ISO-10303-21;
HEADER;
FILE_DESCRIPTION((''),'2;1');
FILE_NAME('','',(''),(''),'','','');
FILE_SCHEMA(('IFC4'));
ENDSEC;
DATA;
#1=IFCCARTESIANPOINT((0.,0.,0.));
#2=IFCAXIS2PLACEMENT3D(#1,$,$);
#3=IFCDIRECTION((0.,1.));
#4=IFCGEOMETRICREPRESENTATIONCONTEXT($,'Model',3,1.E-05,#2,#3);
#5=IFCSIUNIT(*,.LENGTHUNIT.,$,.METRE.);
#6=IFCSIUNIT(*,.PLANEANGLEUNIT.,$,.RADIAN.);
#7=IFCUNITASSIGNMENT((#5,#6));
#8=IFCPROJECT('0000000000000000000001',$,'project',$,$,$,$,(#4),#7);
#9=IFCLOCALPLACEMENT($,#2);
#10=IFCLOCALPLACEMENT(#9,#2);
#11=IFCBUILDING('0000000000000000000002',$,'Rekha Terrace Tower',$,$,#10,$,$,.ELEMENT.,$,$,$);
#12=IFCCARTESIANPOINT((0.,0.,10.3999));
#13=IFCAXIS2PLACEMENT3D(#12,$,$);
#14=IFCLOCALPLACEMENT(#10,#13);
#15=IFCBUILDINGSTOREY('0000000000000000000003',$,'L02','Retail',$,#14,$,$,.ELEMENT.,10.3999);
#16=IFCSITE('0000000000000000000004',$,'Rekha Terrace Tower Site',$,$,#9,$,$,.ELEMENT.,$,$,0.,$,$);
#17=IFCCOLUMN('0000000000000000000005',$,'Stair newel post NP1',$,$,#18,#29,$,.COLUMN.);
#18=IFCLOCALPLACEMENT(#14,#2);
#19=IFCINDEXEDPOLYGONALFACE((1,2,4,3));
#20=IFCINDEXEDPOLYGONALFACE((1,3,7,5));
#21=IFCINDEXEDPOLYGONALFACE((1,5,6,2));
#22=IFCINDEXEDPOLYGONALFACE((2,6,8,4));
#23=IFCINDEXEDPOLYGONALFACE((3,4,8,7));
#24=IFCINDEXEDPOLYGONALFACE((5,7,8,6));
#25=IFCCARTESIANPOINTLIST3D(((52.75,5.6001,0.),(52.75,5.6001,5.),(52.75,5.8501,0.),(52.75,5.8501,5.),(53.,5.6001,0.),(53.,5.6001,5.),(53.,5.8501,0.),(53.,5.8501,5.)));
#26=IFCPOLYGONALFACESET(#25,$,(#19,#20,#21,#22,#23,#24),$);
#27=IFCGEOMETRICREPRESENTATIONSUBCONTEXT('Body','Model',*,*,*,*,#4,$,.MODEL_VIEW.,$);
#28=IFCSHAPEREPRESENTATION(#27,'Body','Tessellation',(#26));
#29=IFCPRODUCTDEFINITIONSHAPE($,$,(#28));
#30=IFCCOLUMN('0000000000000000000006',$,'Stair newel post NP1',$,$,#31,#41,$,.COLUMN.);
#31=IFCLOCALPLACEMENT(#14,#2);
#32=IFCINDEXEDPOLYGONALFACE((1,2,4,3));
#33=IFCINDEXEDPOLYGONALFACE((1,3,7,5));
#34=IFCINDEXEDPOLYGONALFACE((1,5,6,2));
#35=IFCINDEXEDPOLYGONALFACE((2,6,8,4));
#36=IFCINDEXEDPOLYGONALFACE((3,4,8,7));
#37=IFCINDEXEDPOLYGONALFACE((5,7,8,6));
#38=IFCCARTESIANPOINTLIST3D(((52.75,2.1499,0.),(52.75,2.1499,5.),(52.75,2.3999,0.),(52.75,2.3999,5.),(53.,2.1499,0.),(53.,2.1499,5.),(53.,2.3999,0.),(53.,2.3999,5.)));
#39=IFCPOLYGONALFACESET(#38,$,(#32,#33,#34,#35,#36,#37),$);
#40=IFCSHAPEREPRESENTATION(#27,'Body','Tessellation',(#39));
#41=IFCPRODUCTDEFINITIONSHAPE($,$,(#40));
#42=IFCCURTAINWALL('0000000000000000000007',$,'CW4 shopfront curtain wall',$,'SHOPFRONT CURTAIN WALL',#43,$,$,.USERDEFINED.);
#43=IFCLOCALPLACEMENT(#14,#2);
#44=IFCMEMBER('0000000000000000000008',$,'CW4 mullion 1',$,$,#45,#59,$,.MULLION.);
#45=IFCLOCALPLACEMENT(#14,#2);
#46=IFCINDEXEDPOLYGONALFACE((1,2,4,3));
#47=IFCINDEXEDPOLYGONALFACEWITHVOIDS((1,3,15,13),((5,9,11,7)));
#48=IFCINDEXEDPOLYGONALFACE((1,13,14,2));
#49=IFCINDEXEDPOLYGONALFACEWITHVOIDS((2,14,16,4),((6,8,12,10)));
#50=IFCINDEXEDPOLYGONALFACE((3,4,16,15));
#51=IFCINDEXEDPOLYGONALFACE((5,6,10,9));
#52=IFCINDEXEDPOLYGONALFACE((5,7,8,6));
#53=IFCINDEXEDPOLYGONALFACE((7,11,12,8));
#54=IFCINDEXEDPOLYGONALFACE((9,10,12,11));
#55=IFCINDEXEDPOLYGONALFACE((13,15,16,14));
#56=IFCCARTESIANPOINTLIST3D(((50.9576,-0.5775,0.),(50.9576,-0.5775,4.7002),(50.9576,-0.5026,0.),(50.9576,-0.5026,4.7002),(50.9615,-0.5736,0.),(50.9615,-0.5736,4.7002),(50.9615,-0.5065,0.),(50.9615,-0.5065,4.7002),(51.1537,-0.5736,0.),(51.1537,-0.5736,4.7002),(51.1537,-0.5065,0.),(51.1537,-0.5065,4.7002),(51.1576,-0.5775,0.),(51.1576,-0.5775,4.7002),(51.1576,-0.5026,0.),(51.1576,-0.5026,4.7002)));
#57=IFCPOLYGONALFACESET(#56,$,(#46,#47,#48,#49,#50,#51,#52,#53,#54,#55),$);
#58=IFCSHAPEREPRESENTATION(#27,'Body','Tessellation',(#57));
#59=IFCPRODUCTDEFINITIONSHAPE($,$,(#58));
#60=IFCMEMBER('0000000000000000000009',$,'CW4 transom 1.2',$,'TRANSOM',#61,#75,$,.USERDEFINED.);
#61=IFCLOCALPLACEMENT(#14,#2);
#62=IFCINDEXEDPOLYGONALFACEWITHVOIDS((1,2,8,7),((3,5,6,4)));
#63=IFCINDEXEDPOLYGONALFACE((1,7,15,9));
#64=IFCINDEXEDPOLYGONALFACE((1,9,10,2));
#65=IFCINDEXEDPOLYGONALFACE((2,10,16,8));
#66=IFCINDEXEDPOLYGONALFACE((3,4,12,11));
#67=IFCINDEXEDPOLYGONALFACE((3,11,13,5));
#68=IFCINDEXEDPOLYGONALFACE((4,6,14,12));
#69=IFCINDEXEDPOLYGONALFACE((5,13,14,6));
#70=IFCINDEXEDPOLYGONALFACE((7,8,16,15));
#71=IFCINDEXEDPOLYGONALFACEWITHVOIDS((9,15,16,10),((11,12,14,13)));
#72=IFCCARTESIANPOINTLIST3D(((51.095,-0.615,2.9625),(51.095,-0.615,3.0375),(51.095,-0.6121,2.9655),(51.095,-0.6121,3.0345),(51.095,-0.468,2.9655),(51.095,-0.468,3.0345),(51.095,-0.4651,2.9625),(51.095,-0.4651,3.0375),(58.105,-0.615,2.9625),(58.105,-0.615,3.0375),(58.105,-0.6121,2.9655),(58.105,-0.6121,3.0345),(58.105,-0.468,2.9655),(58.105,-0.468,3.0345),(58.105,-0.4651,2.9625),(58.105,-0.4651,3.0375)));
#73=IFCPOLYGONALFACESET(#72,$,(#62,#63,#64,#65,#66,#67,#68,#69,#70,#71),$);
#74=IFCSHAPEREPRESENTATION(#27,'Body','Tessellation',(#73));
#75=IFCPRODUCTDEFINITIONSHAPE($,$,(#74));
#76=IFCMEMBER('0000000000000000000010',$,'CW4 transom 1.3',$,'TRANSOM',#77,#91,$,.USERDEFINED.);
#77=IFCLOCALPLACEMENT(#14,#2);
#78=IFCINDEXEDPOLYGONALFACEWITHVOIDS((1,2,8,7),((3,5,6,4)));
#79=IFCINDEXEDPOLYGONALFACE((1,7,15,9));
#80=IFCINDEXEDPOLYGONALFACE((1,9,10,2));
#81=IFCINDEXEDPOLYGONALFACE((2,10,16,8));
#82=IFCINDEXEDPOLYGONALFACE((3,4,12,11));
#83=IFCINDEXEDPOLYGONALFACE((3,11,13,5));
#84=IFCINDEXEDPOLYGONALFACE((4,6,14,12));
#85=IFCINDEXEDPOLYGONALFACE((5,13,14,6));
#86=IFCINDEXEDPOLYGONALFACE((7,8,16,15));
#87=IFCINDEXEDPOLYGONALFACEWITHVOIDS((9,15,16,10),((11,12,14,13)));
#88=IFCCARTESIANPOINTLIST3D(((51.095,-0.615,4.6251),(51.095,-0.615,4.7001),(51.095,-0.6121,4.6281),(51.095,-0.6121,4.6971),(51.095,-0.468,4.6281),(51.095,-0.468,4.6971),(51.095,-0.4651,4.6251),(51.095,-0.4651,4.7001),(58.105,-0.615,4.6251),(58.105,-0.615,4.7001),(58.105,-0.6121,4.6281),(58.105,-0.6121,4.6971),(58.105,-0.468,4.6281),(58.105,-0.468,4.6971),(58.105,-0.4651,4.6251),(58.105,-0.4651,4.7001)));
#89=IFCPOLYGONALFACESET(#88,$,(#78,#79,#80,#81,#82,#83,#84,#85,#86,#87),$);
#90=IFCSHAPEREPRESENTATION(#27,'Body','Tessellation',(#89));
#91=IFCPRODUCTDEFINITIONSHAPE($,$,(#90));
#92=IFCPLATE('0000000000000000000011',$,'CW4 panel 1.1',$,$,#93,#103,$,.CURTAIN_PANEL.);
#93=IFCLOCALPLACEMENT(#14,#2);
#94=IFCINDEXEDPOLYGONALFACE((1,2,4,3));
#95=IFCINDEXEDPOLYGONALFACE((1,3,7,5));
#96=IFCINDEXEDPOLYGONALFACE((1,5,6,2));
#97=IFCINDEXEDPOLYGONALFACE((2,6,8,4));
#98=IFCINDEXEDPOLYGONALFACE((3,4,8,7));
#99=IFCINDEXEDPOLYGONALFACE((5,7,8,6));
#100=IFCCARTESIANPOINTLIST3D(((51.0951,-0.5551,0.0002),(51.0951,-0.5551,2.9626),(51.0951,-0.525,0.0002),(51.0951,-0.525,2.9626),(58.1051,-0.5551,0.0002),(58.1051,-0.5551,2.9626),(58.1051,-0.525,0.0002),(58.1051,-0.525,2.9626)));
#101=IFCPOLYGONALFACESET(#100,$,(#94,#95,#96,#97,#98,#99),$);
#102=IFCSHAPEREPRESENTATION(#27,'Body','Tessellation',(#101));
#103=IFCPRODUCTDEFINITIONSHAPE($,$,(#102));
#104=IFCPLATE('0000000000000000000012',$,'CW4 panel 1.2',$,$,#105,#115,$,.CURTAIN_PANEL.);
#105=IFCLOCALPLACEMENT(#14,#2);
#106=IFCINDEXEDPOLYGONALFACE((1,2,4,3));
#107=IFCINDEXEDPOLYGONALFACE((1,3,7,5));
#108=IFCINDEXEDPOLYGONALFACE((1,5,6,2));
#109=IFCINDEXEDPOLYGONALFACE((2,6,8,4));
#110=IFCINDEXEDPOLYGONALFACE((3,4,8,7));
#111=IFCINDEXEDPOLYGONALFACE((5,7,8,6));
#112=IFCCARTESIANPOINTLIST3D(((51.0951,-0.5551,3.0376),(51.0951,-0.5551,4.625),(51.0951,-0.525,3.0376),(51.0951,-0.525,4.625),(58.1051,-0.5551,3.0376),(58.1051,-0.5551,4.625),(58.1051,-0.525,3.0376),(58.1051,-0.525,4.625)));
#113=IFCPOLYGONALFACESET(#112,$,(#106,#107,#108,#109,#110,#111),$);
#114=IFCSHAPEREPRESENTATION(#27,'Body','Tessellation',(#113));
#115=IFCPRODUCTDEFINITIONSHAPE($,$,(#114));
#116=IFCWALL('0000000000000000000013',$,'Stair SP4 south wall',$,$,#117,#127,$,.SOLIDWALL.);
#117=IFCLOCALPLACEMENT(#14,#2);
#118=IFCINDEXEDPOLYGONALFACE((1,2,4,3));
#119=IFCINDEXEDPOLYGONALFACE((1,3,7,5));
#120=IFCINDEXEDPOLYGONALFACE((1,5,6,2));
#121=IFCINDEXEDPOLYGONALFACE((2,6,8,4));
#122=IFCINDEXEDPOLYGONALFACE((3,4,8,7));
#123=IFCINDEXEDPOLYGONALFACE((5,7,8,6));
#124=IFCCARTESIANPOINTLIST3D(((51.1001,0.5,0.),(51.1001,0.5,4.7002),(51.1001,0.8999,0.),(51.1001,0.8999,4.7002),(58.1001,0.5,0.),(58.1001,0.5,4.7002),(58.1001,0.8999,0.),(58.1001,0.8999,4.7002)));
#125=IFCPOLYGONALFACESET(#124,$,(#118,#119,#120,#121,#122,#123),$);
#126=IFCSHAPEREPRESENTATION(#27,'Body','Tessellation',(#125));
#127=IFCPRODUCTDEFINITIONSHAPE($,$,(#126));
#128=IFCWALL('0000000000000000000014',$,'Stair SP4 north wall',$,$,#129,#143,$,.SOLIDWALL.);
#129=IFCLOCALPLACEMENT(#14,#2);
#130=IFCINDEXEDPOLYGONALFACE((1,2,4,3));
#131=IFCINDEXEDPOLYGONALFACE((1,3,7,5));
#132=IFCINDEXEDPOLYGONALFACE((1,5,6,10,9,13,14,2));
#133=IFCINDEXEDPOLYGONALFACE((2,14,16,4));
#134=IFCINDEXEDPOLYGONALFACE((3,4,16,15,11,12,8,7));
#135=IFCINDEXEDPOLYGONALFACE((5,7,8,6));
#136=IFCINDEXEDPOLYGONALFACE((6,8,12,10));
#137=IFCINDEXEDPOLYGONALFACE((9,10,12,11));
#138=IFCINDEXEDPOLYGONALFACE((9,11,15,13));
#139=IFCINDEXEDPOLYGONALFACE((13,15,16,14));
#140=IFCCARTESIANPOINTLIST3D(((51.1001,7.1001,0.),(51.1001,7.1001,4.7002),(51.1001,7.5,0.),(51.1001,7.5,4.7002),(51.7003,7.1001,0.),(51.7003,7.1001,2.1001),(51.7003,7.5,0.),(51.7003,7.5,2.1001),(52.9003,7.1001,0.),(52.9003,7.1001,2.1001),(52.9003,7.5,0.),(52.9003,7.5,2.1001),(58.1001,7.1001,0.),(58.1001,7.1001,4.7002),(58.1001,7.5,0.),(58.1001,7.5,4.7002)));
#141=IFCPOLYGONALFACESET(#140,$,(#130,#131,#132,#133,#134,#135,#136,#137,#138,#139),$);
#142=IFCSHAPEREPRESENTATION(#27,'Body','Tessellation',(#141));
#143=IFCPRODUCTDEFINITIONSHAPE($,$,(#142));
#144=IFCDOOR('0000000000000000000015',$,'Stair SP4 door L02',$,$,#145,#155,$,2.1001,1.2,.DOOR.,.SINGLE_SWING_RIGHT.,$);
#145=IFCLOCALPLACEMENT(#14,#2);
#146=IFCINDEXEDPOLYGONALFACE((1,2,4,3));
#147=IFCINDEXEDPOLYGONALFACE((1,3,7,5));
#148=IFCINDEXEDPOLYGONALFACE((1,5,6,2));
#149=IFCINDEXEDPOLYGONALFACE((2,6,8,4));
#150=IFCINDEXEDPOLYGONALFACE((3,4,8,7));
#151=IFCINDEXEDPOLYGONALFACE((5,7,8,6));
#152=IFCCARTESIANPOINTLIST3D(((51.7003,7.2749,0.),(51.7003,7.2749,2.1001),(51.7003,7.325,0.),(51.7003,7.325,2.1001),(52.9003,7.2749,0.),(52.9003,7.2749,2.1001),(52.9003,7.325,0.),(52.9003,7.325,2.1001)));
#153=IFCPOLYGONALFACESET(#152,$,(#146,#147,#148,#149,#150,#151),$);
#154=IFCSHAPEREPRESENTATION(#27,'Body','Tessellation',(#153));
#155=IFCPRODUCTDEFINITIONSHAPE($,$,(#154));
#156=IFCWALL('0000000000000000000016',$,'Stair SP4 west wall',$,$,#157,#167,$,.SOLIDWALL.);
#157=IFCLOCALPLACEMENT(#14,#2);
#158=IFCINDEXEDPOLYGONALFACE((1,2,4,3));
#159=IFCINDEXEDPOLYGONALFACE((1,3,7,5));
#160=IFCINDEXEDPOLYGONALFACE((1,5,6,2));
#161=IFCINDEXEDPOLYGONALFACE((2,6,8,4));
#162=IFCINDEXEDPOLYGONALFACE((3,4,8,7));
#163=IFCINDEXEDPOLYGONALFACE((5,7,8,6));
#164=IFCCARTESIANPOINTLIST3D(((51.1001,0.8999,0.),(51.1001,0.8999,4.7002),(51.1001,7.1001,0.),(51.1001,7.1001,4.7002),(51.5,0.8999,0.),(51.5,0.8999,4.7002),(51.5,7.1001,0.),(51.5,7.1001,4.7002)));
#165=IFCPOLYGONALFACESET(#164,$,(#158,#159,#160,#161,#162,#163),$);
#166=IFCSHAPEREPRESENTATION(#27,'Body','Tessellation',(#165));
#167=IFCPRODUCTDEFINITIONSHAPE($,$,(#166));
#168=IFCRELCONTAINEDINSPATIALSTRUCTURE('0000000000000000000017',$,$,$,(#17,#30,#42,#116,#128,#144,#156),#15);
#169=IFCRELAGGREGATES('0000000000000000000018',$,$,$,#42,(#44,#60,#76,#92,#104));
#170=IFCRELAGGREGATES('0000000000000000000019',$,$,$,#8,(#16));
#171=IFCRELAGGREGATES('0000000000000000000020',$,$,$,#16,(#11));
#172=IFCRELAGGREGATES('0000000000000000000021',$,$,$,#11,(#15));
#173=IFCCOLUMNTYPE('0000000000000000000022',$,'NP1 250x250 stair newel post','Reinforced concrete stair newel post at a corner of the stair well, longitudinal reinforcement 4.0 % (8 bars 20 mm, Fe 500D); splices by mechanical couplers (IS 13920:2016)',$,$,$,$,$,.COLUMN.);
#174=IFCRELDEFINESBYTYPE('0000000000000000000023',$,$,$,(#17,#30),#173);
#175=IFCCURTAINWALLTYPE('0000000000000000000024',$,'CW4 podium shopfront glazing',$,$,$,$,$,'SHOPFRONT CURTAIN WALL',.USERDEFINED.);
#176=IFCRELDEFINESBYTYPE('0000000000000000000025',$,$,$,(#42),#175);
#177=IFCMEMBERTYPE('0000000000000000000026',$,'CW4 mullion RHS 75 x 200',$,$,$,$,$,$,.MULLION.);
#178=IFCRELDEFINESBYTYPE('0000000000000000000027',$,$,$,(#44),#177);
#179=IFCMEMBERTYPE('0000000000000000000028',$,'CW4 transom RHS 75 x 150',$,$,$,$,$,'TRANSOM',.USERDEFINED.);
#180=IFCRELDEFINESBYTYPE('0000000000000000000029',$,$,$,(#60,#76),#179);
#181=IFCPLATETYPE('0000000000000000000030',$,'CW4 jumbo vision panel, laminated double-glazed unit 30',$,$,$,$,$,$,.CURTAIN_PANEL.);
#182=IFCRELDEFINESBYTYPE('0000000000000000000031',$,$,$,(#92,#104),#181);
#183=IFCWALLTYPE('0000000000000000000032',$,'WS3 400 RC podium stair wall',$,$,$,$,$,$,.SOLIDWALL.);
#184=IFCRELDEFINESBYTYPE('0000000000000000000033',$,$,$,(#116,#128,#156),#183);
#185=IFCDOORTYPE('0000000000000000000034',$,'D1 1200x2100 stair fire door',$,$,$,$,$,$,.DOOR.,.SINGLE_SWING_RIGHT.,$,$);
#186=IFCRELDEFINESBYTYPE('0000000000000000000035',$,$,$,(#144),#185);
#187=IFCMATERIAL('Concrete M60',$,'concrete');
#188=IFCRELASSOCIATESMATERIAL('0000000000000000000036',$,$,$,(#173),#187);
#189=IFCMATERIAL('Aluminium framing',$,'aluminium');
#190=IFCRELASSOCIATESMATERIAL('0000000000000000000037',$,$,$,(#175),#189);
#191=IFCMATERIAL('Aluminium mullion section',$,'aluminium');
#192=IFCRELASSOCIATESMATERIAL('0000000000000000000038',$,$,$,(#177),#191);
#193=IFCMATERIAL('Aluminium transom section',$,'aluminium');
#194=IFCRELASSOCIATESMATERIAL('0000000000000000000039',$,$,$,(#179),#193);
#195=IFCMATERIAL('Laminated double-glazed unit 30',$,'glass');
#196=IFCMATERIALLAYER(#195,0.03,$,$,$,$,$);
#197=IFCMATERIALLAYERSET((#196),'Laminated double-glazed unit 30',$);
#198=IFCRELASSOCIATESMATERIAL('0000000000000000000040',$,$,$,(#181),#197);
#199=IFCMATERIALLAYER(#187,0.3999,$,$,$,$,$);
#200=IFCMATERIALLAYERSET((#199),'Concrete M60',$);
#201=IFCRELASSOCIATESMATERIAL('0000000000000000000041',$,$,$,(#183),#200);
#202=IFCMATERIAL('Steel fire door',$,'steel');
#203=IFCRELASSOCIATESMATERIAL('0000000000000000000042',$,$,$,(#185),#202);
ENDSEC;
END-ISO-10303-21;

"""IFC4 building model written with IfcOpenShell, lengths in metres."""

from ifc_helpers import new_model, si_unit, direction, frame, frame_2d, origin, origin_2d, place, context, subcontext, project, spatial, rectangle, hollow_rectangle, extrude, material, layer, layer_set, material_profile, profile_set, type_object, element, fill, aggregate, save


model = new_model("IFC4")

# Units and contexts
model_context = context("Model", 3, precision=1e-05, world=origin(), true_north=direction((0.0, 1.0)))
body_context = subcontext(model_context, "Body", "Model", "MODEL_VIEW")
ifc_project = project(units=[si_unit("LENGTHUNIT", "METRE"), si_unit("PLANEANGLEUNIT", "RADIAN")], contexts=[model_context])

# Site, building, storey
site_placement = place(None, origin())
site = spatial("IfcSite", under=ifc_project, at=site_placement, Name="Rekha Terrace Tower Site", CompositionType="ELEMENT", RefElevation=0.0)
building_placement = place(site_placement, origin())
building = spatial("IfcBuilding", under=site, at=building_placement, Name="Rekha Terrace Tower", CompositionType="ELEMENT")
storey_placement = place(building_placement, frame((0.0, 0.0, 10.3999)))
storey = spatial("IfcBuildingStorey", under=building, at=storey_placement, Name="L02", Description="Retail", CompositionType="ELEMENT", Elevation=10.3999)

# Columns
ifc_material_1 = material(Name="Concrete M60", Category="concrete")
ifc_material_profile_1 = material_profile(ifc_material_1, rectangle(XDim=0.25, YDim=0.25, at=origin_2d()), Name="RC 250x250")
ifc_profile_set_1 = profile_set([ifc_material_profile_1], Name="Concrete M60")
column_type = type_object("IfcColumnType", Name="NP1 250x250 stair newel post", Description="Reinforced concrete stair newel post at a corner of the stair well, longitudinal reinforcement 4.0 % (8 bars 20 mm, Fe 500D); splices by mechanical couplers (IS 13920:2016)", PredefinedType="COLUMN", material=ifc_profile_set_1)
for number, where, z_axis, x_axis, name in (
    (1, (52.875, 5.7251, 0.0), (0.0, 0.0, 1.0), (1.0, 0.0, 0.0), "Stair newel post NP1"),
    (2, (52.875, 2.2749, 0.0), (0.0, 0.0, 1.0), (1.0, 0.0, 0.0), "Stair newel post NP1"),
):
    element("IfcColumn", number, at=place(storey_placement, frame(where, z_axis=z_axis, x_axis=x_axis)), inside=storey, type_object=column_type, Name=name, PredefinedType="COLUMN", context=body_context, shape_type="SweptSolid", body=[
        extrude(rectangle(XDim=0.25, YDim=0.25, at=origin_2d()), origin(), (0.0, 0.0, 1.0), 5.0),
    ])

# Curtain wall, members, plates
ifc_material_2 = material(Name="Aluminium framing", Category="aluminium")
curtain_wall_type = type_object("IfcCurtainWallType", Name="CW4 podium shopfront glazing", ElementType="SHOPFRONT CURTAIN WALL", PredefinedType="USERDEFINED", material=ifc_material_2)
curtain_wall_placement = place(storey_placement, origin())
curtain_wall = element("IfcCurtainWall", 3, at=curtain_wall_placement, inside=storey, type_object=curtain_wall_type, Name="CW4 shopfront curtain wall", ObjectType="SHOPFRONT CURTAIN WALL", PredefinedType="USERDEFINED")
ifc_material_3 = material(Name="Aluminium mullion section", Category="aluminium")
ifc_material_profile_2 = material_profile(ifc_material_3, hollow_rectangle(XDim=0.075, YDim=0.2, WallThickness=0.0039, at=origin_2d()), Name="AL RHS 75x200")
ifc_profile_set_2 = profile_set([ifc_material_profile_2], Name="Aluminium mullion section")
member_type_1 = type_object("IfcMemberType", Name="CW4 mullion RHS 75 x 200", PredefinedType="MULLION", material=ifc_profile_set_2)
member_1_placement = place(storey_placement, frame((51.0576, -0.54, 0.0), z_axis=(0.0, 0.0, 1.0), x_axis=(0.0, 1.0, 0.0)))
member_1 = element("IfcMember", 4, at=member_1_placement, type_object=member_type_1, Name="CW4 mullion 1", PredefinedType="MULLION", context=body_context, shape_type="SweptSolid", body=[
    extrude(hollow_rectangle(XDim=0.075, YDim=0.2, WallThickness=0.0039, at=origin_2d()), origin(), (0.0, 0.0, 1.0), 4.7002),
])
ifc_material_4 = material(Name="Aluminium transom section", Category="aluminium")
ifc_material_profile_3 = material_profile(ifc_material_4, hollow_rectangle(XDim=0.1499, YDim=0.075, WallThickness=0.0029, at=origin_2d()), Name="AL RHS 150x75")
ifc_profile_set_3 = profile_set([ifc_material_profile_3], Name="Aluminium transom section")
member_type_2 = type_object("IfcMemberType", Name="CW4 transom RHS 75 x 150", ElementType="TRANSOM", PredefinedType="USERDEFINED", material=ifc_profile_set_3)
member_2_placement = place(storey_placement, frame((51.095, -0.54, 3.0), z_axis=(1.0, 0.0, 0.0), x_axis=(0.0, 1.0, 0.0)))
member_2 = element("IfcMember", 5, at=member_2_placement, type_object=member_type_2, Name="CW4 transom 1.2", ObjectType="TRANSOM", PredefinedType="USERDEFINED", context=body_context, shape_type="SweptSolid", body=[
    extrude(hollow_rectangle(XDim=0.1499, YDim=0.075, WallThickness=0.0029, at=origin_2d()), origin(), (0.0, 0.0, 1.0), 7.01),
])
member_3_placement = place(storey_placement, frame((51.095, -0.54, 4.6626), z_axis=(1.0, 0.0, 0.0), x_axis=(0.0, 1.0, 0.0)))
member_3 = element("IfcMember", 6, at=member_3_placement, type_object=member_type_2, Name="CW4 transom 1.3", ObjectType="TRANSOM", PredefinedType="USERDEFINED", context=body_context, shape_type="SweptSolid", body=[
    extrude(hollow_rectangle(XDim=0.1499, YDim=0.075, WallThickness=0.0029, at=origin_2d()), origin(), (0.0, 0.0, 1.0), 7.01),
])
ifc_material_5 = material(Name="Laminated double-glazed unit 30", Category="glass")
ifc_layer_1 = layer(ifc_material_5, 0.03)
ifc_layer_set_1 = layer_set([ifc_layer_1], Name="Laminated double-glazed unit 30")
plate_type = type_object("IfcPlateType", Name="CW4 jumbo vision panel, laminated double-glazed unit 30", PredefinedType="CURTAIN_PANEL", material=ifc_layer_set_1)
plate_1_placement = place(storey_placement, frame((54.6001, -0.54, 0.0002), z_axis=(0.0, 0.0, 1.0), x_axis=(1.0, 0.0, 0.0)))
plate_1 = element("IfcPlate", 7, at=plate_1_placement, type_object=plate_type, Name="CW4 panel 1.1", PredefinedType="CURTAIN_PANEL", context=body_context, shape_type="SweptSolid", body=[
    extrude(rectangle(XDim=7.01, YDim=0.03, at=origin_2d()), origin(), (0.0, 0.0, 1.0), 2.9624),
])
plate_2_placement = place(storey_placement, frame((54.6001, -0.54, 3.0376), z_axis=(0.0, 0.0, 1.0), x_axis=(1.0, 0.0, 0.0)))
plate_2 = element("IfcPlate", 8, at=plate_2_placement, type_object=plate_type, Name="CW4 panel 1.2", PredefinedType="CURTAIN_PANEL", context=body_context, shape_type="SweptSolid", body=[
    extrude(rectangle(XDim=7.01, YDim=0.03, at=origin_2d()), origin(), (0.0, 0.0, 1.0), 1.5874),
])
aggregate(curtain_wall, [member_1, member_2, member_3, plate_1, plate_2])

# Wall
ifc_layer_2 = layer(ifc_material_1, 0.3999)
ifc_layer_set_2 = layer_set([ifc_layer_2], Name="Concrete M60")
wall_type = type_object("IfcWallType", Name="WS3 400 RC podium stair wall", PredefinedType="SOLIDWALL", material=ifc_layer_set_2)
wall_1_placement = place(storey_placement, frame((51.1001, 0.7, 0.0), z_axis=(0.0, 0.0, 1.0), x_axis=(1.0, 0.0, 0.0)))
element("IfcWall", 9, at=wall_1_placement, inside=storey, type_object=wall_type, Name="Stair SP4 south wall", PredefinedType="SOLIDWALL", context=body_context, shape_type="SweptSolid", body=[
    extrude(rectangle(XDim=7.0, YDim=0.3999, at=frame_2d((3.5, 0.0))), origin(), (0.0, 0.0, 1.0), 4.7002),
])

# Wall, opening, door
wall_2_placement = place(storey_placement, frame((51.1001, 7.3, 0.0), z_axis=(0.0, 0.0, 1.0), x_axis=(1.0, 0.0, 0.0)))
wall_2 = element("IfcWall", 10, at=wall_2_placement, inside=storey, type_object=wall_type, Name="Stair SP4 north wall", PredefinedType="SOLIDWALL", context=body_context, shape_type="SweptSolid", body=[
    extrude(rectangle(XDim=7.0, YDim=0.3999, at=frame_2d((3.5, 0.0))), origin(), (0.0, 0.0, 1.0), 4.7002),
])
opening_placement = place(wall_2_placement, frame((0.6001, 0.0, 0.0)))
opening = element("IfcOpeningElement", 11, at=opening_placement, cuts=wall_2, PredefinedType="OPENING", context=body_context, shape_type="SweptSolid", body=[
    extrude(rectangle(XDim=1.2, YDim=2.1001, at=frame_2d((0.6001, 1.05))), frame((0.0, 0.21, 0.0), z_axis=(0.0, -1.0, 0.0), x_axis=(1.0, 0.0, 0.0)), (0.0, 0.0, 1.0), 0.4199),
])
ifc_material_6 = material(Name="Steel fire door", Category="steel")
door_type = type_object("IfcDoorType", Name="D1 1200x2100 stair fire door", OperationType="SINGLE_SWING_RIGHT", PredefinedType="DOOR", material=ifc_material_6)
door_placement = place(opening_placement, origin())
door = element("IfcDoor", 12, at=door_placement, inside=storey, type_object=door_type, Name="Stair SP4 door L02", OperationType="SINGLE_SWING_RIGHT", OverallHeight=2.1001, OverallWidth=1.2, PredefinedType="DOOR", context=body_context, shape_type="SweptSolid", body=[
    extrude(rectangle(XDim=1.2, YDim=2.1001, at=frame_2d((0.6001, 1.05))), frame((0.0, 0.0249, 0.0), z_axis=(0.0, -1.0, 0.0), x_axis=(1.0, 0.0, 0.0)), (0.0, 0.0, 1.0), 0.05),
])
fill(opening, door)

# Wall
wall_3_placement = place(storey_placement, frame((51.3, 0.8999, 0.0), z_axis=(0.0, 0.0, 1.0), x_axis=(0.0, 1.0, 0.0)))
element("IfcWall", 13, at=wall_3_placement, inside=storey, type_object=wall_type, Name="Stair SP4 west wall", PredefinedType="SOLIDWALL", context=body_context, shape_type="SweptSolid", body=[
    extrude(rectangle(XDim=6.2002, YDim=0.3999, at=frame_2d((3.1001, 0.0))), origin(), (0.0, 0.0, 1.0), 4.7002),
])

save(model, "model.ifc")
